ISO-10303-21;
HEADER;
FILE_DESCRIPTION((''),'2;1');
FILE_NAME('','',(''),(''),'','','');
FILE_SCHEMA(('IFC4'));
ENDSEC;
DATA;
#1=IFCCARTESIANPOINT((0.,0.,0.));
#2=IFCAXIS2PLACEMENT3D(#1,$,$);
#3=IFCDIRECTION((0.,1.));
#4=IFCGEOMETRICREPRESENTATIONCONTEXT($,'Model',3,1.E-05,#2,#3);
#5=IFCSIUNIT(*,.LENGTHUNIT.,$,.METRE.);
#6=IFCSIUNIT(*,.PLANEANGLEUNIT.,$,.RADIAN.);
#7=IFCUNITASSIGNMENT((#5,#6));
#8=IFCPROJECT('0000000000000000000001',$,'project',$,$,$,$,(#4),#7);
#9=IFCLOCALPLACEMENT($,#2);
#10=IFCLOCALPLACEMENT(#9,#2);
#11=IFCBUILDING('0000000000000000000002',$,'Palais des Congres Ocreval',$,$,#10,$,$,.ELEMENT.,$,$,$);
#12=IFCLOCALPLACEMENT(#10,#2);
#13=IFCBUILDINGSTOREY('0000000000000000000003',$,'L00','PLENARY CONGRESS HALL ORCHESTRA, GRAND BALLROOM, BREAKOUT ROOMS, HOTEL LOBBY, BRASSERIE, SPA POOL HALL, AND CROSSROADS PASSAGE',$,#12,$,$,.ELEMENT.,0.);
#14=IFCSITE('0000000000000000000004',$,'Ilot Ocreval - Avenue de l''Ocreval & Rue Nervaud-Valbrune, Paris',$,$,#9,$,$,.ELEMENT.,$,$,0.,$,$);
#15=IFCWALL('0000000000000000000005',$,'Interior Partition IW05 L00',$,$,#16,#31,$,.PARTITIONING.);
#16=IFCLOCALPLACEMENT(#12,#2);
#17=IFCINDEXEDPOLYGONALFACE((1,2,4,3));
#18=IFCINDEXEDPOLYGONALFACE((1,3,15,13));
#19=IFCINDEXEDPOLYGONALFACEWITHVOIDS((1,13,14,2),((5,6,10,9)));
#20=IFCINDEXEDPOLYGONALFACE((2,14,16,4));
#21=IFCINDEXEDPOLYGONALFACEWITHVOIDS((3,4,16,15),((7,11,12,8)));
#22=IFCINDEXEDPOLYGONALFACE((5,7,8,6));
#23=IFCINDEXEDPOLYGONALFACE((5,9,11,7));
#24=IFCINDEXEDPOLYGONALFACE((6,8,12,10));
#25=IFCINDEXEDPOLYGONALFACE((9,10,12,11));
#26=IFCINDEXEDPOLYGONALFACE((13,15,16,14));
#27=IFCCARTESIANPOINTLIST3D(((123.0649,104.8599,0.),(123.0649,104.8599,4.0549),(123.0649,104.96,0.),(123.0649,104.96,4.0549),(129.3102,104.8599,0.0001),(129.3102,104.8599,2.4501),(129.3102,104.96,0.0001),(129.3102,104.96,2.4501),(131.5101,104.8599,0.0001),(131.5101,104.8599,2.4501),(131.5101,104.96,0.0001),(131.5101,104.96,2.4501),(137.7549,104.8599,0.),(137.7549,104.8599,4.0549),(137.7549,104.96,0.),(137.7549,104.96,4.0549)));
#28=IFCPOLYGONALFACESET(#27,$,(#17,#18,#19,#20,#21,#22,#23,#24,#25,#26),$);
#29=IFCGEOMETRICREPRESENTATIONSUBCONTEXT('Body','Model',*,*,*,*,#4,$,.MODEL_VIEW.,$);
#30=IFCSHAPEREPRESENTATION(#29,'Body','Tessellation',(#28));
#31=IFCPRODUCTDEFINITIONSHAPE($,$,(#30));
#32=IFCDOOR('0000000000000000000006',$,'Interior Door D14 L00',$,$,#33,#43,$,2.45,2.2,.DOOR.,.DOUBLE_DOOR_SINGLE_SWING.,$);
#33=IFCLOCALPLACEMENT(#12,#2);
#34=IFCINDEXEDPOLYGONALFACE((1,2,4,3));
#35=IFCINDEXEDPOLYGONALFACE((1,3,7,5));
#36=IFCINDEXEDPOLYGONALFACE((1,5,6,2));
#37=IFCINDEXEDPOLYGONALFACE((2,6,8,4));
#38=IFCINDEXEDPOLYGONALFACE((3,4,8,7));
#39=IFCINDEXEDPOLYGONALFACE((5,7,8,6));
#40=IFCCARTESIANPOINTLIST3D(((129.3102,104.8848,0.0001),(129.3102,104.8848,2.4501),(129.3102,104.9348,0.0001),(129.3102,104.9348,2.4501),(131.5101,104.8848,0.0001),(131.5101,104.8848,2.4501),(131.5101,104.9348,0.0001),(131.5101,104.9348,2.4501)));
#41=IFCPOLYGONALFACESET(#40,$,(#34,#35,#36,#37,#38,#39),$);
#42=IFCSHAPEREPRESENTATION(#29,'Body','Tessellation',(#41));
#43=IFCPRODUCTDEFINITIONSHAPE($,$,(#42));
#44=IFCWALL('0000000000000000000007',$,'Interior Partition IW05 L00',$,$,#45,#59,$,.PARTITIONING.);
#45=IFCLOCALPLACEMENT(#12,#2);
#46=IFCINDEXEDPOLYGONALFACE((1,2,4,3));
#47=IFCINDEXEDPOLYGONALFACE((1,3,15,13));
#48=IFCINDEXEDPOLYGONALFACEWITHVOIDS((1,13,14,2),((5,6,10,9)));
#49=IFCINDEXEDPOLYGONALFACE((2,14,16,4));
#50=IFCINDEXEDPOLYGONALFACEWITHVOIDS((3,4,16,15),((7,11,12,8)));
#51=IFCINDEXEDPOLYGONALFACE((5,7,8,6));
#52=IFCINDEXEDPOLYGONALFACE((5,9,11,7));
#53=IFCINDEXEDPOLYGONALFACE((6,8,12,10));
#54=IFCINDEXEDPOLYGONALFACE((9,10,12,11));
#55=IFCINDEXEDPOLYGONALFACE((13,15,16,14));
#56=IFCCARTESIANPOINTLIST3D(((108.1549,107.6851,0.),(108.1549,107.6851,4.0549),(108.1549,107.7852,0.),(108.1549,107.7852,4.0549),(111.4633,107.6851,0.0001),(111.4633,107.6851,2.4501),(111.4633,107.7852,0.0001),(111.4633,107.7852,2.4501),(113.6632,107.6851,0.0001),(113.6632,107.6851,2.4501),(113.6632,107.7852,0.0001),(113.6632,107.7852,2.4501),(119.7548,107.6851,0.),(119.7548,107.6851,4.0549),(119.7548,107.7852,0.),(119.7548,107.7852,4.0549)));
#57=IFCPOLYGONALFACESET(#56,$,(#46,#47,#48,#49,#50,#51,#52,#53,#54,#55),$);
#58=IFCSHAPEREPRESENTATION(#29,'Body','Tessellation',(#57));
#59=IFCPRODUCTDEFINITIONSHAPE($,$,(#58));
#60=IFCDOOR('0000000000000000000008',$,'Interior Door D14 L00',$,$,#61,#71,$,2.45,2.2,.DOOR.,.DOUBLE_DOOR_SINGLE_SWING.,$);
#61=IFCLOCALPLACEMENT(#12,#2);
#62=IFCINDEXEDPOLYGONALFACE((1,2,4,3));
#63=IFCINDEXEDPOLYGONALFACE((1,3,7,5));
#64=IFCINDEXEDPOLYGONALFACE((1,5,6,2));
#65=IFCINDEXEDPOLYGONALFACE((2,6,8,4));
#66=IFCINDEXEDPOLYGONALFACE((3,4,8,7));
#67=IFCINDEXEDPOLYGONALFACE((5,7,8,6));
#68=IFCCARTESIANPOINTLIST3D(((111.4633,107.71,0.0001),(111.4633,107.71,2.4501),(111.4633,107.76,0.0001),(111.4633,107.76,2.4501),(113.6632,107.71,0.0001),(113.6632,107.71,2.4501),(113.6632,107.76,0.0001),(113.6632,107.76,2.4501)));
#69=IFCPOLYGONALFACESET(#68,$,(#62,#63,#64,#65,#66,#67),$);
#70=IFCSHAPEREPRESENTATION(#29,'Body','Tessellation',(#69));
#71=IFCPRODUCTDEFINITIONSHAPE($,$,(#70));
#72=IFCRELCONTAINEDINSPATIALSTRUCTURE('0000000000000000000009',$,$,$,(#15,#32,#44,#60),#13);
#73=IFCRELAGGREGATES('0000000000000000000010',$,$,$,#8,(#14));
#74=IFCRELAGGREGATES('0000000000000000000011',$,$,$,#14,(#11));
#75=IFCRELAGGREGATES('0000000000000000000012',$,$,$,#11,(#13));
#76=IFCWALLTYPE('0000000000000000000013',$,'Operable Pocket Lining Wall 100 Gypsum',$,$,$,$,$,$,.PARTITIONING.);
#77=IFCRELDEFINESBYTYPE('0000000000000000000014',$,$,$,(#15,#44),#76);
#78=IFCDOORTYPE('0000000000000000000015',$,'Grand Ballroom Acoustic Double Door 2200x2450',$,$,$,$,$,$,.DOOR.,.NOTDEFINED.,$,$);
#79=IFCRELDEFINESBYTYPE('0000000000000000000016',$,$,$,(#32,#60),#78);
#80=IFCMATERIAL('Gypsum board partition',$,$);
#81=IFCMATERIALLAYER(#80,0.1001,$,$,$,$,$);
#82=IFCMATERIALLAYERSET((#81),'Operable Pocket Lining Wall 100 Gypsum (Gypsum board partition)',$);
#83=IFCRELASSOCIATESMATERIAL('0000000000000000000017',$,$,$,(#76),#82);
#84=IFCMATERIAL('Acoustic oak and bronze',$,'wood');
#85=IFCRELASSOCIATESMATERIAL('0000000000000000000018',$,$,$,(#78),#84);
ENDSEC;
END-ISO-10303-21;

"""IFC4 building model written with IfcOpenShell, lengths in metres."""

from ifc_helpers import new_model, si_unit, direction, frame, frame_2d, origin, place, context, subcontext, project, spatial, rectangle, extrude, material, layer, layer_set, type_object, element, fill, save


model = new_model("IFC4")

# Units and contexts
model_context = context("Model", 3, precision=1e-05, world=origin(), true_north=direction((0.0, 1.0)))
body_context = subcontext(model_context, "Body", "Model", "MODEL_VIEW")
ifc_project = project(units=[si_unit("LENGTHUNIT", "METRE"), si_unit("PLANEANGLEUNIT", "RADIAN")], contexts=[model_context])

# Site, building, storey
site_placement = place(None, origin())
site = spatial("IfcSite", under=ifc_project, at=site_placement, Name="Ilot Ocreval - Avenue de l'Ocreval & Rue Nervaud-Valbrune, Paris", CompositionType="ELEMENT", RefElevation=0.0)
building_placement = place(site_placement, origin())
building = spatial("IfcBuilding", under=site, at=building_placement, Name="Palais des Congres Ocreval", CompositionType="ELEMENT")
storey_placement = place(building_placement, origin())
storey = spatial("IfcBuildingStorey", under=building, at=storey_placement, Name="L00", Description="PLENARY CONGRESS HALL ORCHESTRA, GRAND BALLROOM, BREAKOUT ROOMS, HOTEL LOBBY, BRASSERIE, SPA POOL HALL, AND CROSSROADS PASSAGE", CompositionType="ELEMENT", Elevation=0.0)

# Walls, openings, doors
ifc_material_1 = material(Name="Gypsum board partition")
ifc_layer_1 = layer(ifc_material_1, 0.1001)
ifc_layer_set_1 = layer_set([ifc_layer_1], Name="Operable Pocket Lining Wall 100 Gypsum (Gypsum board partition)")
wall_type_1 = type_object("IfcWallType", Name="Operable Pocket Lining Wall 100 Gypsum", PredefinedType="PARTITIONING", material=ifc_layer_set_1)
wall_1_placement = place(storey_placement, frame((123.0649, 104.9099, 0.0), z_axis=(0.0, 0.0, 1.0), x_axis=(1.0, 0.0, 0.0)))
wall_1 = element("IfcWall", 1, at=wall_1_placement, inside=storey, type_object=wall_type_1, Name="Interior Partition IW05 L00", PredefinedType="PARTITIONING", context=body_context, shape_type="SweptSolid", body=[
    extrude(rectangle(XDim=14.6899, YDim=0.1001, at=frame_2d((7.345, 0.0))), origin(), (0.0, 0.0, 1.0), 4.0549),
])
opening_1_placement = place(wall_1_placement, frame((6.2451, 0.0, 0.0)))
opening_1 = element("IfcOpeningElement", 2, at=opening_1_placement, cuts=wall_1, PredefinedType="OPENING", context=body_context, shape_type="SweptSolid", body=[
    extrude(rectangle(XDim=2.2, YDim=2.45, at=frame_2d((1.1001, 1.2251))), frame((0.0, 0.0601, 0.0), z_axis=(0.0, -1.0, 0.0), x_axis=(1.0, 0.0, 0.0)), (0.0, 0.0, 1.0), 0.1201),
])
ifc_material_2 = material(Name="Acoustic oak and bronze", Category="wood")
door_type_1 = type_object("IfcDoorType", Name="Grand Ballroom Acoustic Double Door 2200x2450", OperationType="NOTDEFINED", PredefinedType="DOOR", material=ifc_material_2)
door_1_placement = place(opening_1_placement, origin())
door_1 = element("IfcDoor", 3, at=door_1_placement, inside=storey, type_object=door_type_1, Name="Interior Door D14 L00", OperationType="DOUBLE_DOOR_SINGLE_SWING", OverallHeight=2.45, OverallWidth=2.2, PredefinedType="DOOR", context=body_context, shape_type="SweptSolid", body=[
    extrude(rectangle(XDim=2.2, YDim=2.45, at=frame_2d((1.1001, 1.2251))), frame((0.0, 0.0249, 0.0), z_axis=(0.0, -1.0, 0.0), x_axis=(1.0, 0.0, 0.0)), (0.0, 0.0, 1.0), 0.05),
])
fill(opening_1, door_1)
wall_2_placement = place(storey_placement, frame((108.155, 107.7351, 0.0), z_axis=(0.0, 0.0, 1.0), x_axis=(1.0, 0.0, 0.0)))
wall_2 = element("IfcWall", 4, at=wall_2_placement, inside=storey, type_object=wall_type_1, Name="Interior Partition IW05 L00", PredefinedType="PARTITIONING", context=body_context, shape_type="SweptSolid", body=[
    extrude(rectangle(XDim=11.5999, YDim=0.1001, at=frame_2d((5.7998, 0.0))), origin(), (0.0, 0.0, 1.0), 4.0549),
])
opening_2_placement = place(wall_2_placement, frame((3.3081, 0.0, 0.0)))
opening_2 = element("IfcOpeningElement", 5, at=opening_2_placement, cuts=wall_2, PredefinedType="OPENING", context=body_context, shape_type="SweptSolid", body=[
    extrude(rectangle(XDim=2.2, YDim=2.45, at=frame_2d((1.1001, 1.2251))), frame((0.0, 0.0601, 0.0), z_axis=(0.0, -1.0, 0.0), x_axis=(1.0, 0.0, 0.0)), (0.0, 0.0, 1.0), 0.1201),
])
door_2_placement = place(opening_2_placement, origin())
door_2 = element("IfcDoor", 6, at=door_2_placement, inside=storey, type_object=door_type_1, Name="Interior Door D14 L00", OperationType="DOUBLE_DOOR_SINGLE_SWING", OverallHeight=2.45, OverallWidth=2.2, PredefinedType="DOOR", context=body_context, shape_type="SweptSolid", body=[
    extrude(rectangle(XDim=2.2, YDim=2.45, at=frame_2d((1.1001, 1.2251))), frame((0.0, 0.0249, 0.0), z_axis=(0.0, -1.0, 0.0), x_axis=(1.0, 0.0, 0.0)), (0.0, 0.0, 1.0), 0.05),
])
fill(opening_2, door_2)

save(model, "model.ifc")
